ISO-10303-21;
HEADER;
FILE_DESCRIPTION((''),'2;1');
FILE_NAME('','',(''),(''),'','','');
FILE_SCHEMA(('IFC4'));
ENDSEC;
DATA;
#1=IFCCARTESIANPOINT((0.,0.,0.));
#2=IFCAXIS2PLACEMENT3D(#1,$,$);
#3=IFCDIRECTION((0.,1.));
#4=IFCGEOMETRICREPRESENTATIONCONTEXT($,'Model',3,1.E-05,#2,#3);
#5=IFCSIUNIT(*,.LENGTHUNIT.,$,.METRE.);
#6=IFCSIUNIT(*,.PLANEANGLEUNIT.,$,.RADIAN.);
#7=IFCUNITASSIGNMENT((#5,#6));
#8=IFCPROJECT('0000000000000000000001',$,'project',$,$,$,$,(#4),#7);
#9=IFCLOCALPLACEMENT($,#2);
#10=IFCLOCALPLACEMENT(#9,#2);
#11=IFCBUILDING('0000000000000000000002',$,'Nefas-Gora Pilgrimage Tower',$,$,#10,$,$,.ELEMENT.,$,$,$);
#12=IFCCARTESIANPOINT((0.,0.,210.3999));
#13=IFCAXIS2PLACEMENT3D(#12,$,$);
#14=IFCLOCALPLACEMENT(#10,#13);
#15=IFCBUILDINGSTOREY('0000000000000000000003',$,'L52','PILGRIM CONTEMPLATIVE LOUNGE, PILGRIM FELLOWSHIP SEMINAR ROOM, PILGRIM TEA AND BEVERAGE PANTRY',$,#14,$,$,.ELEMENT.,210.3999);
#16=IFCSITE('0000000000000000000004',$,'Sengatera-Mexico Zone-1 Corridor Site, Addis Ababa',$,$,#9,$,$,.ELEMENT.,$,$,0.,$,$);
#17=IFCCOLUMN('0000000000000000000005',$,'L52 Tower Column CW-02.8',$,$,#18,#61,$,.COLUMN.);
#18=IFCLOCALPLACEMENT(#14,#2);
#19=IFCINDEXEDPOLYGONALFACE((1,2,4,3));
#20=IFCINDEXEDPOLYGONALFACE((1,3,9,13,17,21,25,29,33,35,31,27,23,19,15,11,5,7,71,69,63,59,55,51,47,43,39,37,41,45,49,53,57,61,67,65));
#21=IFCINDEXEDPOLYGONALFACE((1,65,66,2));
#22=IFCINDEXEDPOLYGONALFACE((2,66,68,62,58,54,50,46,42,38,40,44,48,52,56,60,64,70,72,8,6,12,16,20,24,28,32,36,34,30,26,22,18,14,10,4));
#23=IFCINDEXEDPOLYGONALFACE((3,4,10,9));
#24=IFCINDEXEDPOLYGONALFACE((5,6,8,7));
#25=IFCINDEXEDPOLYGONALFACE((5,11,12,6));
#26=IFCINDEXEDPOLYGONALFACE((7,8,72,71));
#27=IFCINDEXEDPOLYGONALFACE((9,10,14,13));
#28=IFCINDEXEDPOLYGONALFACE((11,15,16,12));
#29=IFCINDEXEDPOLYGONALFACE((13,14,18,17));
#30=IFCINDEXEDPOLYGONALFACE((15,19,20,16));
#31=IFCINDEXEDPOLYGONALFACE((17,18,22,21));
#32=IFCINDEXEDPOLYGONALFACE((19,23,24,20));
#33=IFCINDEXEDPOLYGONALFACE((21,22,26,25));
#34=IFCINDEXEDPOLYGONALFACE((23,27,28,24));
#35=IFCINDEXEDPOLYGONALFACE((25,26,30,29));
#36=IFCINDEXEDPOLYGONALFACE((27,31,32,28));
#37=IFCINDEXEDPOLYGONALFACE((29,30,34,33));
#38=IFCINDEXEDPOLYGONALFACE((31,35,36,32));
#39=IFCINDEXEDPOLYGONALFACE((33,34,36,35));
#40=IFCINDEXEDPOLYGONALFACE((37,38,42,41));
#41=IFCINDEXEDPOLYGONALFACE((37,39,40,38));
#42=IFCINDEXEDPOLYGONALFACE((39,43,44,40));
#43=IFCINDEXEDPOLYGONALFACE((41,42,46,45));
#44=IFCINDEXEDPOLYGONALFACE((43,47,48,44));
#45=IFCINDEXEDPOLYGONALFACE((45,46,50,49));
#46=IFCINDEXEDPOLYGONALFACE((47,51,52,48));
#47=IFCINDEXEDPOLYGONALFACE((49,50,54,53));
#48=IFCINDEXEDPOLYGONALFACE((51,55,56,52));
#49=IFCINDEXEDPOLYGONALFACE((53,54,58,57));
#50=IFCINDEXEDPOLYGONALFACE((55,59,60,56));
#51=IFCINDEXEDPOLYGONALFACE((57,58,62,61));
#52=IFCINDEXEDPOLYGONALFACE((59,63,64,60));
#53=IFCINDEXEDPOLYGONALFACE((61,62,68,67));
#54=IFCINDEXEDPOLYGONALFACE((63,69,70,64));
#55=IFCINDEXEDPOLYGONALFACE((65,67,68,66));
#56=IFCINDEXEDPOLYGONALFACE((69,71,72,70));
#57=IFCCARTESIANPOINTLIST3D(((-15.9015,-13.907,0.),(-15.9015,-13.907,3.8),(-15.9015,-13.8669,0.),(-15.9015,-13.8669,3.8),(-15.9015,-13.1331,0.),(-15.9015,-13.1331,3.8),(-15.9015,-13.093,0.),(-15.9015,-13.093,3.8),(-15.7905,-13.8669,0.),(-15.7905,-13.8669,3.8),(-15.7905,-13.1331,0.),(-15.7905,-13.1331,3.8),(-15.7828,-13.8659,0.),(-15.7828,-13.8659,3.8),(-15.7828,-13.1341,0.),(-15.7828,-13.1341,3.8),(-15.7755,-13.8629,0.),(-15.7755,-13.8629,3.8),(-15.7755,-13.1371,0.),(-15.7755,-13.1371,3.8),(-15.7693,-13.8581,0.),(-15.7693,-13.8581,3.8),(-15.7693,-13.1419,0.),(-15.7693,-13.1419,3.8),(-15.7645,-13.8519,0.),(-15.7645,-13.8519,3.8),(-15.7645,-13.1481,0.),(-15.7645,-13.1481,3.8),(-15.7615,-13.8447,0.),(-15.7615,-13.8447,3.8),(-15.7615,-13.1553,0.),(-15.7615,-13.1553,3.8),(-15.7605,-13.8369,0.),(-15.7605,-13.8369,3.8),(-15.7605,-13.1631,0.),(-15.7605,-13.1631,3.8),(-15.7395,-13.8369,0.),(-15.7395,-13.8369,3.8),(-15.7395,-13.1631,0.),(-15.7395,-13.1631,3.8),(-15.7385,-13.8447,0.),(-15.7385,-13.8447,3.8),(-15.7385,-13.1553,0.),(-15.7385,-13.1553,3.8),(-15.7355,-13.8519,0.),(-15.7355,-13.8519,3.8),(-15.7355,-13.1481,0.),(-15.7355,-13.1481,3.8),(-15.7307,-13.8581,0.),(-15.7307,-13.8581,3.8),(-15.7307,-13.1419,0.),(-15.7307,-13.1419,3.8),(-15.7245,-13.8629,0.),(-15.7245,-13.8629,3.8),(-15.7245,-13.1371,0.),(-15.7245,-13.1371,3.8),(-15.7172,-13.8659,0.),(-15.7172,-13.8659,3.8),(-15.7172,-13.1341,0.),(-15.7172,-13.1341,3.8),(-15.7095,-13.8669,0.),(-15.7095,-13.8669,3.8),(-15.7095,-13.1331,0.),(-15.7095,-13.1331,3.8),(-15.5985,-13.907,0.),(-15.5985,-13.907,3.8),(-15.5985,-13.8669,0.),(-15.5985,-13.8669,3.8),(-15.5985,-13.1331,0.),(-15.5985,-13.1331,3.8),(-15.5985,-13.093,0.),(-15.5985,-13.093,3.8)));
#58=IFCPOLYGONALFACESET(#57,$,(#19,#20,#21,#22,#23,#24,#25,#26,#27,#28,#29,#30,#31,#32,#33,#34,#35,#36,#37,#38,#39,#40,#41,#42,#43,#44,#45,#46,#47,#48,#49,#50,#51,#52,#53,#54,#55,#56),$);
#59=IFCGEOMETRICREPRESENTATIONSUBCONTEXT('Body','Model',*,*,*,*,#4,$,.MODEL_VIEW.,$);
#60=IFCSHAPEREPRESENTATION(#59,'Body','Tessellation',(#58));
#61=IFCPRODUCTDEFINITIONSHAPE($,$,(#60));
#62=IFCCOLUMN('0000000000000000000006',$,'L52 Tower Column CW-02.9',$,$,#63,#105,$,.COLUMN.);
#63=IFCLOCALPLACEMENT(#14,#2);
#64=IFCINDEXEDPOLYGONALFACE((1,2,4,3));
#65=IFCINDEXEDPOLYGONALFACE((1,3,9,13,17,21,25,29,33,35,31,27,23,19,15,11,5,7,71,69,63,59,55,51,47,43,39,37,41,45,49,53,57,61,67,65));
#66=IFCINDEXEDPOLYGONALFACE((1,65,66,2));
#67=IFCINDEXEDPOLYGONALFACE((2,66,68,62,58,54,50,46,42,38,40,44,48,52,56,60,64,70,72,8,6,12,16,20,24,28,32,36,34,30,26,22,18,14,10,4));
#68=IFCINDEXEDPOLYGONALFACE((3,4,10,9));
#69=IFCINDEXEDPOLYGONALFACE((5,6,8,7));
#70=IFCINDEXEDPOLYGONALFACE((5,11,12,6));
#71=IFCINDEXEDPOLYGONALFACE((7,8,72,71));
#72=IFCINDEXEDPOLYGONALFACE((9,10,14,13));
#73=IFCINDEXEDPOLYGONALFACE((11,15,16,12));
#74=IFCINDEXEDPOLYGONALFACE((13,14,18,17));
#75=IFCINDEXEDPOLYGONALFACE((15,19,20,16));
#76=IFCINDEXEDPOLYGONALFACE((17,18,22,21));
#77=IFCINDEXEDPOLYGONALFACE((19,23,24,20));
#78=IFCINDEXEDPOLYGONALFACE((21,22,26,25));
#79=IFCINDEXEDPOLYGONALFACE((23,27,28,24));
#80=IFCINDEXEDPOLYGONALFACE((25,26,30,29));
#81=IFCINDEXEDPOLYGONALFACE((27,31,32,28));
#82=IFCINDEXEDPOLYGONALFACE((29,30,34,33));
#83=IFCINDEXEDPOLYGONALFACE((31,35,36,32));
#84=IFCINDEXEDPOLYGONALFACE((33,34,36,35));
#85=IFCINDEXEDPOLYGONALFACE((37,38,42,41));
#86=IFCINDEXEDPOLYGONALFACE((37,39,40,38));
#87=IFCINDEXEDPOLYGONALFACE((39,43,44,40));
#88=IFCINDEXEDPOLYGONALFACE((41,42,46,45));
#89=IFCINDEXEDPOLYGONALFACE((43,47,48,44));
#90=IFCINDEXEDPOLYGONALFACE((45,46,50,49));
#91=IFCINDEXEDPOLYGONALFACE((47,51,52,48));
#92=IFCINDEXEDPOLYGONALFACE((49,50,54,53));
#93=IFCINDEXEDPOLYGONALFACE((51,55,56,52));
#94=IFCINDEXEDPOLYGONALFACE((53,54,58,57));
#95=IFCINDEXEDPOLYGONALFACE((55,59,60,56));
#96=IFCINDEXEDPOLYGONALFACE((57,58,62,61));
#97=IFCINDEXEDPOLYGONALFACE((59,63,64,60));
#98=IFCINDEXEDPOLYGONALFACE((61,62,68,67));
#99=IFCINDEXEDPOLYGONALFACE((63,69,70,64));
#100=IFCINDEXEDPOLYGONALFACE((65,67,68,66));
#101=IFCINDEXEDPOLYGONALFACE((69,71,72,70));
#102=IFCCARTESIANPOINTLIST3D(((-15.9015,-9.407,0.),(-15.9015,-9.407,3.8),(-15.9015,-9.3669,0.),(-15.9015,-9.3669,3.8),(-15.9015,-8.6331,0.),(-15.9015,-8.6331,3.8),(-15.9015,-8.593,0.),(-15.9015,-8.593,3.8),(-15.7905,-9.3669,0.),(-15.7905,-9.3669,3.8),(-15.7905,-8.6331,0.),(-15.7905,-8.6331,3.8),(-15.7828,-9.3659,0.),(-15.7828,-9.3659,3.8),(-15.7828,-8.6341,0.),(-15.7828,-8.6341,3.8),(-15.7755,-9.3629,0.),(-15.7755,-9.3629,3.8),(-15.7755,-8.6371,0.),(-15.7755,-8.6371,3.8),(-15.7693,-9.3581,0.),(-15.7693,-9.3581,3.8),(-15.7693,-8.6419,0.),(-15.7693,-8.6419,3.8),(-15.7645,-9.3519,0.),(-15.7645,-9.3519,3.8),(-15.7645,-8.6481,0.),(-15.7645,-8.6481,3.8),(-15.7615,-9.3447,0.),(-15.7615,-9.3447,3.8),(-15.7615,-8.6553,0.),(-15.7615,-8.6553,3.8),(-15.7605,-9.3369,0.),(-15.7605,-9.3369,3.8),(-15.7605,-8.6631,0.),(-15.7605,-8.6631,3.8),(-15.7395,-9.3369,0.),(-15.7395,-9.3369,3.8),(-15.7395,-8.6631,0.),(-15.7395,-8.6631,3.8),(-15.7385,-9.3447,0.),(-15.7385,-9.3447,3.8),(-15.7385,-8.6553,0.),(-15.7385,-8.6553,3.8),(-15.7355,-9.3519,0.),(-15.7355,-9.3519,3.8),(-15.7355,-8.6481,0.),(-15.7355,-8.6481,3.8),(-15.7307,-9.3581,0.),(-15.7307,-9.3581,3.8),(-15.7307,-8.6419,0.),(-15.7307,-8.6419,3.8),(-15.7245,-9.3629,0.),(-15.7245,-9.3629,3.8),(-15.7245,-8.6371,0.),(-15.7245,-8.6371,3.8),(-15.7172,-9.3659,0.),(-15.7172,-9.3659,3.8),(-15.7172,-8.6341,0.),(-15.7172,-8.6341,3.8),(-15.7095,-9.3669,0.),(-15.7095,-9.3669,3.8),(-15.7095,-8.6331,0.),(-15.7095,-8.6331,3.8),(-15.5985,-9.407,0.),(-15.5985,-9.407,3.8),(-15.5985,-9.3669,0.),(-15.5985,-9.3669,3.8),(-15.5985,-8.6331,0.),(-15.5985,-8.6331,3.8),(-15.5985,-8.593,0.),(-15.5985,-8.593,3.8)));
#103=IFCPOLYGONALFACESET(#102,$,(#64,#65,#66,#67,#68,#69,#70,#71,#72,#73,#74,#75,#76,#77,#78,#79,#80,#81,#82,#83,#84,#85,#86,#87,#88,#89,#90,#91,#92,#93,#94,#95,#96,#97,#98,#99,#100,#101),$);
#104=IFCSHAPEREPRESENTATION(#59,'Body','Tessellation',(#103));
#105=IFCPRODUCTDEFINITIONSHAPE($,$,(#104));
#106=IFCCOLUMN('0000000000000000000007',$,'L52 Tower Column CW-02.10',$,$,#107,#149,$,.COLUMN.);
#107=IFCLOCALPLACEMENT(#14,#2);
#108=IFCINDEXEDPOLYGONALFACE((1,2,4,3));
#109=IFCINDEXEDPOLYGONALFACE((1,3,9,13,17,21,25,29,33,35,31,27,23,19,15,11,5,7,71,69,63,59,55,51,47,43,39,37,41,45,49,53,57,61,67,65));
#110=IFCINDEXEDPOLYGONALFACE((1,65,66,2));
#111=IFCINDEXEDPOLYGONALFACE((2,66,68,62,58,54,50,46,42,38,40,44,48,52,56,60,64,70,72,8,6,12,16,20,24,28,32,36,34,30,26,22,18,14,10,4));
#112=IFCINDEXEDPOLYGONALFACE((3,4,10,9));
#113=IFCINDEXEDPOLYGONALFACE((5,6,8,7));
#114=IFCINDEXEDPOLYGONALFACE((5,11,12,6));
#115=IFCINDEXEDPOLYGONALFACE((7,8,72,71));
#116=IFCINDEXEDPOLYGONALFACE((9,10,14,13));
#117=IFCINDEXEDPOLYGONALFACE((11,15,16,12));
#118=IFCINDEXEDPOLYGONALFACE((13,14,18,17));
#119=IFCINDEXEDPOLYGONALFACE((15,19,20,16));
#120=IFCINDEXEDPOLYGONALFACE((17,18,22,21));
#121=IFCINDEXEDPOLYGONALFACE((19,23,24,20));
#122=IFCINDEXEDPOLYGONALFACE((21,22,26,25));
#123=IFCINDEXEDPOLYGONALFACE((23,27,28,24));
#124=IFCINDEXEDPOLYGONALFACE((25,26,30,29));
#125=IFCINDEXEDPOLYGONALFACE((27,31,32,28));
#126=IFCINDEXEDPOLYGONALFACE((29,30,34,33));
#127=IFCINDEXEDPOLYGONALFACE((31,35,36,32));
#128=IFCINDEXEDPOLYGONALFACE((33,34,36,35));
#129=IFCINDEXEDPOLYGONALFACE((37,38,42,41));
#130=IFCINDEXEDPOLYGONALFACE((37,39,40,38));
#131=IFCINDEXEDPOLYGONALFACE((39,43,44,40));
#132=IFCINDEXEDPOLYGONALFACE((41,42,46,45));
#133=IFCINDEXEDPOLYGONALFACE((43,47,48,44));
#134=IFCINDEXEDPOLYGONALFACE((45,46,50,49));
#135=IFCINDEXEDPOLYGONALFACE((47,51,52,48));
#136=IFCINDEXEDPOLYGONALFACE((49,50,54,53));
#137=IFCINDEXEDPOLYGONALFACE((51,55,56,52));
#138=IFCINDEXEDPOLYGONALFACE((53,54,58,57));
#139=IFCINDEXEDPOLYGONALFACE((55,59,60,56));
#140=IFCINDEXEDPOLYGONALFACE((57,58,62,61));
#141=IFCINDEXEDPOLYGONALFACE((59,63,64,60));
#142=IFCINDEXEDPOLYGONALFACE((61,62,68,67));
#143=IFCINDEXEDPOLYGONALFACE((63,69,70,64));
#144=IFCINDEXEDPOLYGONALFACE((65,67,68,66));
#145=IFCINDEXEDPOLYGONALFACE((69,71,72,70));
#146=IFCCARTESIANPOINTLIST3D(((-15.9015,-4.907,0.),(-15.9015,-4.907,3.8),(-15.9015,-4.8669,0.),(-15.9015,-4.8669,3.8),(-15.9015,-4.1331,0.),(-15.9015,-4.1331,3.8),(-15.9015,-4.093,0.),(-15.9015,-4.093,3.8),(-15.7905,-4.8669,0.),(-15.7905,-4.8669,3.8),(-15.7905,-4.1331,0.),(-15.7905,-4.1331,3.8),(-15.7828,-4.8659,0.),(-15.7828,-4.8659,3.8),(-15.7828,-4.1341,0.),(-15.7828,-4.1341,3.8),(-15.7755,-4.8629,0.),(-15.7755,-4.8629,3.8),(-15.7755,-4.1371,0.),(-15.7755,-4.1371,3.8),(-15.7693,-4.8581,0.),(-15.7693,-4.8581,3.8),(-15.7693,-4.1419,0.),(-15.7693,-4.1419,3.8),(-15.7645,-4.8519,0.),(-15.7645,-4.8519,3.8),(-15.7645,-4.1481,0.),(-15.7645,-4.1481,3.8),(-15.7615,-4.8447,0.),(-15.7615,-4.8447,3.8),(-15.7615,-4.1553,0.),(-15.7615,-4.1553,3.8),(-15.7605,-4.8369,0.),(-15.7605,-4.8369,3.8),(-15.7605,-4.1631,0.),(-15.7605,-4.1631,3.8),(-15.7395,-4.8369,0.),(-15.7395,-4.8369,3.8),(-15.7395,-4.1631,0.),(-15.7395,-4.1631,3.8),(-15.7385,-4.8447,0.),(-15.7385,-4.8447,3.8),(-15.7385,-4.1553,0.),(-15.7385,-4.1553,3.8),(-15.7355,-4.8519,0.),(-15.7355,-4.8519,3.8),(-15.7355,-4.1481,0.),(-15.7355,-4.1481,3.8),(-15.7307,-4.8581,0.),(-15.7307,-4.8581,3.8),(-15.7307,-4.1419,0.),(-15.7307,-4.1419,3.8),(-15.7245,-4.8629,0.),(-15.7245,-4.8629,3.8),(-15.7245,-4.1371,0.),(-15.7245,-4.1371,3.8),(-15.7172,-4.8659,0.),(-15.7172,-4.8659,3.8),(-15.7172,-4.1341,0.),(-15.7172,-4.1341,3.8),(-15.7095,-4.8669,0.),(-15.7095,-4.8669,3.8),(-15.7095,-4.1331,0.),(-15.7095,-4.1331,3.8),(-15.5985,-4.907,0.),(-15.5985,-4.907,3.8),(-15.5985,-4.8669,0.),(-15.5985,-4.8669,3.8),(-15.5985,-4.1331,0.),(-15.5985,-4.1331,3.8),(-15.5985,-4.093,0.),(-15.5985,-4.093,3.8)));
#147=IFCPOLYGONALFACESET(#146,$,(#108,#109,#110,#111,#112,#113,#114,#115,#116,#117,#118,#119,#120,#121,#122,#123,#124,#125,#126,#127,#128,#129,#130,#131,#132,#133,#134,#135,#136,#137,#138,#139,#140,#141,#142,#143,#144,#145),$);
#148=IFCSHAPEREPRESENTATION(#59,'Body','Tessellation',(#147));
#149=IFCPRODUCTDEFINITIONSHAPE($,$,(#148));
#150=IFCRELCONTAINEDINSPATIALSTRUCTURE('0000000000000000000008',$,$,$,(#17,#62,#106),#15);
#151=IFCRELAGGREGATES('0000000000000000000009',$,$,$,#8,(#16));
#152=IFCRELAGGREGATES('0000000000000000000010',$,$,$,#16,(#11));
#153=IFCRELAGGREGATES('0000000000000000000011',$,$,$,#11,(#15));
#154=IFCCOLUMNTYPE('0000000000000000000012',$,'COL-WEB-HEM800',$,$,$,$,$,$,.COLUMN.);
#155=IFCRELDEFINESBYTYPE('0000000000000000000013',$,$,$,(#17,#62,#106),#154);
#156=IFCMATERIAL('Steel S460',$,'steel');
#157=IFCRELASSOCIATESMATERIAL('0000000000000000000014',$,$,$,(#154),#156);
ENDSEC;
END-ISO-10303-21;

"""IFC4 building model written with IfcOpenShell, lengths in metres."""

from ifc_helpers import new_model, si_unit, direction, frame, origin, origin_2d, place, context, subcontext, project, spatial, i_section, extrude, source, transform, mapped, material, material_profile, profile_set, type_object, element, save


model = new_model("IFC4")

# Units and contexts
model_context = context("Model", 3, precision=1e-05, world=origin(), true_north=direction((0.0, 1.0)))
body_context = subcontext(model_context, "Body", "Model", "MODEL_VIEW")
ifc_project = project(units=[si_unit("LENGTHUNIT", "METRE"), si_unit("PLANEANGLEUNIT", "RADIAN")], contexts=[model_context])

# Site, building, storey
site_placement = place(None, origin())
site = spatial("IfcSite", under=ifc_project, at=site_placement, Name="Sengatera-Mexico Zone-1 Corridor Site, Addis Ababa", CompositionType="ELEMENT", RefElevation=0.0)
building_placement = place(site_placement, origin())
building = spatial("IfcBuilding", under=site, at=building_placement, Name="Nefas-Gora Pilgrimage Tower", CompositionType="ELEMENT")
storey_placement = place(building_placement, frame((0.0, 0.0, 210.3999)))
storey = spatial("IfcBuildingStorey", under=building, at=storey_placement, Name="L52", Description="PILGRIM CONTEMPLATIVE LOUNGE, PILGRIM FELLOWSHIP SEMINAR ROOM, PILGRIM TEA AND BEVERAGE PANTRY", CompositionType="ELEMENT", Elevation=210.3999)

# Columns
ifc_material_1 = material(Name="Steel S460", Category="steel")
ifc_material_profile_1 = material_profile(ifc_material_1, i_section(OverallWidth=0.303, OverallDepth=0.814, WebThickness=0.021, FlangeThickness=0.04, FilletRadius=0.03, at=origin_2d()), Name="HEM 800")
ifc_profile_set_1 = profile_set([ifc_material_profile_1], Name="Steel S460")
column_type_1 = type_object("IfcColumnType", Name="COL-WEB-HEM800", PredefinedType="COLUMN", material=ifc_profile_set_1)
shared_shape_1 = source(origin(), body_context, "Body", "SweptSolid", [
    extrude(i_section(OverallWidth=0.303, OverallDepth=0.814, WebThickness=0.021, FlangeThickness=0.04, FilletRadius=0.03, at=origin_2d()), origin(), (0.0, 0.0, 1.0), 3.8),
])
for number, where, z_axis, x_axis, name in (
    (1, (-15.75, -13.5, 0.0), (0.0, 0.0, 1.0), (1.0, 0.0, 0.0), "L52 Tower Column CW-02.8"),
    (2, (-15.75, -9.0, 0.0), (0.0, 0.0, 1.0), (1.0, 0.0, 0.0), "L52 Tower Column CW-02.9"),
    (3, (-15.75, -4.5, 0.0), (0.0, 0.0, 1.0), (1.0, 0.0, 0.0), "L52 Tower Column CW-02.10"),
):
    element("IfcColumn", number, at=place(storey_placement, frame(where, z_axis=z_axis, x_axis=x_axis)), inside=storey, type_object=column_type_1, Name=name, PredefinedType="COLUMN", context=body_context, shape_type="MappedRepresentation", body=[
        mapped(shared_shape_1, transform((0.0, 0.0, 0.0), x_axis=(1.0, 0.0, 0.0), y_axis=(0.0, 1.0, 0.0), z_axis=(0.0, 0.0, 1.0), scale=1.0)),
    ])

save(model, "model.ifc")
